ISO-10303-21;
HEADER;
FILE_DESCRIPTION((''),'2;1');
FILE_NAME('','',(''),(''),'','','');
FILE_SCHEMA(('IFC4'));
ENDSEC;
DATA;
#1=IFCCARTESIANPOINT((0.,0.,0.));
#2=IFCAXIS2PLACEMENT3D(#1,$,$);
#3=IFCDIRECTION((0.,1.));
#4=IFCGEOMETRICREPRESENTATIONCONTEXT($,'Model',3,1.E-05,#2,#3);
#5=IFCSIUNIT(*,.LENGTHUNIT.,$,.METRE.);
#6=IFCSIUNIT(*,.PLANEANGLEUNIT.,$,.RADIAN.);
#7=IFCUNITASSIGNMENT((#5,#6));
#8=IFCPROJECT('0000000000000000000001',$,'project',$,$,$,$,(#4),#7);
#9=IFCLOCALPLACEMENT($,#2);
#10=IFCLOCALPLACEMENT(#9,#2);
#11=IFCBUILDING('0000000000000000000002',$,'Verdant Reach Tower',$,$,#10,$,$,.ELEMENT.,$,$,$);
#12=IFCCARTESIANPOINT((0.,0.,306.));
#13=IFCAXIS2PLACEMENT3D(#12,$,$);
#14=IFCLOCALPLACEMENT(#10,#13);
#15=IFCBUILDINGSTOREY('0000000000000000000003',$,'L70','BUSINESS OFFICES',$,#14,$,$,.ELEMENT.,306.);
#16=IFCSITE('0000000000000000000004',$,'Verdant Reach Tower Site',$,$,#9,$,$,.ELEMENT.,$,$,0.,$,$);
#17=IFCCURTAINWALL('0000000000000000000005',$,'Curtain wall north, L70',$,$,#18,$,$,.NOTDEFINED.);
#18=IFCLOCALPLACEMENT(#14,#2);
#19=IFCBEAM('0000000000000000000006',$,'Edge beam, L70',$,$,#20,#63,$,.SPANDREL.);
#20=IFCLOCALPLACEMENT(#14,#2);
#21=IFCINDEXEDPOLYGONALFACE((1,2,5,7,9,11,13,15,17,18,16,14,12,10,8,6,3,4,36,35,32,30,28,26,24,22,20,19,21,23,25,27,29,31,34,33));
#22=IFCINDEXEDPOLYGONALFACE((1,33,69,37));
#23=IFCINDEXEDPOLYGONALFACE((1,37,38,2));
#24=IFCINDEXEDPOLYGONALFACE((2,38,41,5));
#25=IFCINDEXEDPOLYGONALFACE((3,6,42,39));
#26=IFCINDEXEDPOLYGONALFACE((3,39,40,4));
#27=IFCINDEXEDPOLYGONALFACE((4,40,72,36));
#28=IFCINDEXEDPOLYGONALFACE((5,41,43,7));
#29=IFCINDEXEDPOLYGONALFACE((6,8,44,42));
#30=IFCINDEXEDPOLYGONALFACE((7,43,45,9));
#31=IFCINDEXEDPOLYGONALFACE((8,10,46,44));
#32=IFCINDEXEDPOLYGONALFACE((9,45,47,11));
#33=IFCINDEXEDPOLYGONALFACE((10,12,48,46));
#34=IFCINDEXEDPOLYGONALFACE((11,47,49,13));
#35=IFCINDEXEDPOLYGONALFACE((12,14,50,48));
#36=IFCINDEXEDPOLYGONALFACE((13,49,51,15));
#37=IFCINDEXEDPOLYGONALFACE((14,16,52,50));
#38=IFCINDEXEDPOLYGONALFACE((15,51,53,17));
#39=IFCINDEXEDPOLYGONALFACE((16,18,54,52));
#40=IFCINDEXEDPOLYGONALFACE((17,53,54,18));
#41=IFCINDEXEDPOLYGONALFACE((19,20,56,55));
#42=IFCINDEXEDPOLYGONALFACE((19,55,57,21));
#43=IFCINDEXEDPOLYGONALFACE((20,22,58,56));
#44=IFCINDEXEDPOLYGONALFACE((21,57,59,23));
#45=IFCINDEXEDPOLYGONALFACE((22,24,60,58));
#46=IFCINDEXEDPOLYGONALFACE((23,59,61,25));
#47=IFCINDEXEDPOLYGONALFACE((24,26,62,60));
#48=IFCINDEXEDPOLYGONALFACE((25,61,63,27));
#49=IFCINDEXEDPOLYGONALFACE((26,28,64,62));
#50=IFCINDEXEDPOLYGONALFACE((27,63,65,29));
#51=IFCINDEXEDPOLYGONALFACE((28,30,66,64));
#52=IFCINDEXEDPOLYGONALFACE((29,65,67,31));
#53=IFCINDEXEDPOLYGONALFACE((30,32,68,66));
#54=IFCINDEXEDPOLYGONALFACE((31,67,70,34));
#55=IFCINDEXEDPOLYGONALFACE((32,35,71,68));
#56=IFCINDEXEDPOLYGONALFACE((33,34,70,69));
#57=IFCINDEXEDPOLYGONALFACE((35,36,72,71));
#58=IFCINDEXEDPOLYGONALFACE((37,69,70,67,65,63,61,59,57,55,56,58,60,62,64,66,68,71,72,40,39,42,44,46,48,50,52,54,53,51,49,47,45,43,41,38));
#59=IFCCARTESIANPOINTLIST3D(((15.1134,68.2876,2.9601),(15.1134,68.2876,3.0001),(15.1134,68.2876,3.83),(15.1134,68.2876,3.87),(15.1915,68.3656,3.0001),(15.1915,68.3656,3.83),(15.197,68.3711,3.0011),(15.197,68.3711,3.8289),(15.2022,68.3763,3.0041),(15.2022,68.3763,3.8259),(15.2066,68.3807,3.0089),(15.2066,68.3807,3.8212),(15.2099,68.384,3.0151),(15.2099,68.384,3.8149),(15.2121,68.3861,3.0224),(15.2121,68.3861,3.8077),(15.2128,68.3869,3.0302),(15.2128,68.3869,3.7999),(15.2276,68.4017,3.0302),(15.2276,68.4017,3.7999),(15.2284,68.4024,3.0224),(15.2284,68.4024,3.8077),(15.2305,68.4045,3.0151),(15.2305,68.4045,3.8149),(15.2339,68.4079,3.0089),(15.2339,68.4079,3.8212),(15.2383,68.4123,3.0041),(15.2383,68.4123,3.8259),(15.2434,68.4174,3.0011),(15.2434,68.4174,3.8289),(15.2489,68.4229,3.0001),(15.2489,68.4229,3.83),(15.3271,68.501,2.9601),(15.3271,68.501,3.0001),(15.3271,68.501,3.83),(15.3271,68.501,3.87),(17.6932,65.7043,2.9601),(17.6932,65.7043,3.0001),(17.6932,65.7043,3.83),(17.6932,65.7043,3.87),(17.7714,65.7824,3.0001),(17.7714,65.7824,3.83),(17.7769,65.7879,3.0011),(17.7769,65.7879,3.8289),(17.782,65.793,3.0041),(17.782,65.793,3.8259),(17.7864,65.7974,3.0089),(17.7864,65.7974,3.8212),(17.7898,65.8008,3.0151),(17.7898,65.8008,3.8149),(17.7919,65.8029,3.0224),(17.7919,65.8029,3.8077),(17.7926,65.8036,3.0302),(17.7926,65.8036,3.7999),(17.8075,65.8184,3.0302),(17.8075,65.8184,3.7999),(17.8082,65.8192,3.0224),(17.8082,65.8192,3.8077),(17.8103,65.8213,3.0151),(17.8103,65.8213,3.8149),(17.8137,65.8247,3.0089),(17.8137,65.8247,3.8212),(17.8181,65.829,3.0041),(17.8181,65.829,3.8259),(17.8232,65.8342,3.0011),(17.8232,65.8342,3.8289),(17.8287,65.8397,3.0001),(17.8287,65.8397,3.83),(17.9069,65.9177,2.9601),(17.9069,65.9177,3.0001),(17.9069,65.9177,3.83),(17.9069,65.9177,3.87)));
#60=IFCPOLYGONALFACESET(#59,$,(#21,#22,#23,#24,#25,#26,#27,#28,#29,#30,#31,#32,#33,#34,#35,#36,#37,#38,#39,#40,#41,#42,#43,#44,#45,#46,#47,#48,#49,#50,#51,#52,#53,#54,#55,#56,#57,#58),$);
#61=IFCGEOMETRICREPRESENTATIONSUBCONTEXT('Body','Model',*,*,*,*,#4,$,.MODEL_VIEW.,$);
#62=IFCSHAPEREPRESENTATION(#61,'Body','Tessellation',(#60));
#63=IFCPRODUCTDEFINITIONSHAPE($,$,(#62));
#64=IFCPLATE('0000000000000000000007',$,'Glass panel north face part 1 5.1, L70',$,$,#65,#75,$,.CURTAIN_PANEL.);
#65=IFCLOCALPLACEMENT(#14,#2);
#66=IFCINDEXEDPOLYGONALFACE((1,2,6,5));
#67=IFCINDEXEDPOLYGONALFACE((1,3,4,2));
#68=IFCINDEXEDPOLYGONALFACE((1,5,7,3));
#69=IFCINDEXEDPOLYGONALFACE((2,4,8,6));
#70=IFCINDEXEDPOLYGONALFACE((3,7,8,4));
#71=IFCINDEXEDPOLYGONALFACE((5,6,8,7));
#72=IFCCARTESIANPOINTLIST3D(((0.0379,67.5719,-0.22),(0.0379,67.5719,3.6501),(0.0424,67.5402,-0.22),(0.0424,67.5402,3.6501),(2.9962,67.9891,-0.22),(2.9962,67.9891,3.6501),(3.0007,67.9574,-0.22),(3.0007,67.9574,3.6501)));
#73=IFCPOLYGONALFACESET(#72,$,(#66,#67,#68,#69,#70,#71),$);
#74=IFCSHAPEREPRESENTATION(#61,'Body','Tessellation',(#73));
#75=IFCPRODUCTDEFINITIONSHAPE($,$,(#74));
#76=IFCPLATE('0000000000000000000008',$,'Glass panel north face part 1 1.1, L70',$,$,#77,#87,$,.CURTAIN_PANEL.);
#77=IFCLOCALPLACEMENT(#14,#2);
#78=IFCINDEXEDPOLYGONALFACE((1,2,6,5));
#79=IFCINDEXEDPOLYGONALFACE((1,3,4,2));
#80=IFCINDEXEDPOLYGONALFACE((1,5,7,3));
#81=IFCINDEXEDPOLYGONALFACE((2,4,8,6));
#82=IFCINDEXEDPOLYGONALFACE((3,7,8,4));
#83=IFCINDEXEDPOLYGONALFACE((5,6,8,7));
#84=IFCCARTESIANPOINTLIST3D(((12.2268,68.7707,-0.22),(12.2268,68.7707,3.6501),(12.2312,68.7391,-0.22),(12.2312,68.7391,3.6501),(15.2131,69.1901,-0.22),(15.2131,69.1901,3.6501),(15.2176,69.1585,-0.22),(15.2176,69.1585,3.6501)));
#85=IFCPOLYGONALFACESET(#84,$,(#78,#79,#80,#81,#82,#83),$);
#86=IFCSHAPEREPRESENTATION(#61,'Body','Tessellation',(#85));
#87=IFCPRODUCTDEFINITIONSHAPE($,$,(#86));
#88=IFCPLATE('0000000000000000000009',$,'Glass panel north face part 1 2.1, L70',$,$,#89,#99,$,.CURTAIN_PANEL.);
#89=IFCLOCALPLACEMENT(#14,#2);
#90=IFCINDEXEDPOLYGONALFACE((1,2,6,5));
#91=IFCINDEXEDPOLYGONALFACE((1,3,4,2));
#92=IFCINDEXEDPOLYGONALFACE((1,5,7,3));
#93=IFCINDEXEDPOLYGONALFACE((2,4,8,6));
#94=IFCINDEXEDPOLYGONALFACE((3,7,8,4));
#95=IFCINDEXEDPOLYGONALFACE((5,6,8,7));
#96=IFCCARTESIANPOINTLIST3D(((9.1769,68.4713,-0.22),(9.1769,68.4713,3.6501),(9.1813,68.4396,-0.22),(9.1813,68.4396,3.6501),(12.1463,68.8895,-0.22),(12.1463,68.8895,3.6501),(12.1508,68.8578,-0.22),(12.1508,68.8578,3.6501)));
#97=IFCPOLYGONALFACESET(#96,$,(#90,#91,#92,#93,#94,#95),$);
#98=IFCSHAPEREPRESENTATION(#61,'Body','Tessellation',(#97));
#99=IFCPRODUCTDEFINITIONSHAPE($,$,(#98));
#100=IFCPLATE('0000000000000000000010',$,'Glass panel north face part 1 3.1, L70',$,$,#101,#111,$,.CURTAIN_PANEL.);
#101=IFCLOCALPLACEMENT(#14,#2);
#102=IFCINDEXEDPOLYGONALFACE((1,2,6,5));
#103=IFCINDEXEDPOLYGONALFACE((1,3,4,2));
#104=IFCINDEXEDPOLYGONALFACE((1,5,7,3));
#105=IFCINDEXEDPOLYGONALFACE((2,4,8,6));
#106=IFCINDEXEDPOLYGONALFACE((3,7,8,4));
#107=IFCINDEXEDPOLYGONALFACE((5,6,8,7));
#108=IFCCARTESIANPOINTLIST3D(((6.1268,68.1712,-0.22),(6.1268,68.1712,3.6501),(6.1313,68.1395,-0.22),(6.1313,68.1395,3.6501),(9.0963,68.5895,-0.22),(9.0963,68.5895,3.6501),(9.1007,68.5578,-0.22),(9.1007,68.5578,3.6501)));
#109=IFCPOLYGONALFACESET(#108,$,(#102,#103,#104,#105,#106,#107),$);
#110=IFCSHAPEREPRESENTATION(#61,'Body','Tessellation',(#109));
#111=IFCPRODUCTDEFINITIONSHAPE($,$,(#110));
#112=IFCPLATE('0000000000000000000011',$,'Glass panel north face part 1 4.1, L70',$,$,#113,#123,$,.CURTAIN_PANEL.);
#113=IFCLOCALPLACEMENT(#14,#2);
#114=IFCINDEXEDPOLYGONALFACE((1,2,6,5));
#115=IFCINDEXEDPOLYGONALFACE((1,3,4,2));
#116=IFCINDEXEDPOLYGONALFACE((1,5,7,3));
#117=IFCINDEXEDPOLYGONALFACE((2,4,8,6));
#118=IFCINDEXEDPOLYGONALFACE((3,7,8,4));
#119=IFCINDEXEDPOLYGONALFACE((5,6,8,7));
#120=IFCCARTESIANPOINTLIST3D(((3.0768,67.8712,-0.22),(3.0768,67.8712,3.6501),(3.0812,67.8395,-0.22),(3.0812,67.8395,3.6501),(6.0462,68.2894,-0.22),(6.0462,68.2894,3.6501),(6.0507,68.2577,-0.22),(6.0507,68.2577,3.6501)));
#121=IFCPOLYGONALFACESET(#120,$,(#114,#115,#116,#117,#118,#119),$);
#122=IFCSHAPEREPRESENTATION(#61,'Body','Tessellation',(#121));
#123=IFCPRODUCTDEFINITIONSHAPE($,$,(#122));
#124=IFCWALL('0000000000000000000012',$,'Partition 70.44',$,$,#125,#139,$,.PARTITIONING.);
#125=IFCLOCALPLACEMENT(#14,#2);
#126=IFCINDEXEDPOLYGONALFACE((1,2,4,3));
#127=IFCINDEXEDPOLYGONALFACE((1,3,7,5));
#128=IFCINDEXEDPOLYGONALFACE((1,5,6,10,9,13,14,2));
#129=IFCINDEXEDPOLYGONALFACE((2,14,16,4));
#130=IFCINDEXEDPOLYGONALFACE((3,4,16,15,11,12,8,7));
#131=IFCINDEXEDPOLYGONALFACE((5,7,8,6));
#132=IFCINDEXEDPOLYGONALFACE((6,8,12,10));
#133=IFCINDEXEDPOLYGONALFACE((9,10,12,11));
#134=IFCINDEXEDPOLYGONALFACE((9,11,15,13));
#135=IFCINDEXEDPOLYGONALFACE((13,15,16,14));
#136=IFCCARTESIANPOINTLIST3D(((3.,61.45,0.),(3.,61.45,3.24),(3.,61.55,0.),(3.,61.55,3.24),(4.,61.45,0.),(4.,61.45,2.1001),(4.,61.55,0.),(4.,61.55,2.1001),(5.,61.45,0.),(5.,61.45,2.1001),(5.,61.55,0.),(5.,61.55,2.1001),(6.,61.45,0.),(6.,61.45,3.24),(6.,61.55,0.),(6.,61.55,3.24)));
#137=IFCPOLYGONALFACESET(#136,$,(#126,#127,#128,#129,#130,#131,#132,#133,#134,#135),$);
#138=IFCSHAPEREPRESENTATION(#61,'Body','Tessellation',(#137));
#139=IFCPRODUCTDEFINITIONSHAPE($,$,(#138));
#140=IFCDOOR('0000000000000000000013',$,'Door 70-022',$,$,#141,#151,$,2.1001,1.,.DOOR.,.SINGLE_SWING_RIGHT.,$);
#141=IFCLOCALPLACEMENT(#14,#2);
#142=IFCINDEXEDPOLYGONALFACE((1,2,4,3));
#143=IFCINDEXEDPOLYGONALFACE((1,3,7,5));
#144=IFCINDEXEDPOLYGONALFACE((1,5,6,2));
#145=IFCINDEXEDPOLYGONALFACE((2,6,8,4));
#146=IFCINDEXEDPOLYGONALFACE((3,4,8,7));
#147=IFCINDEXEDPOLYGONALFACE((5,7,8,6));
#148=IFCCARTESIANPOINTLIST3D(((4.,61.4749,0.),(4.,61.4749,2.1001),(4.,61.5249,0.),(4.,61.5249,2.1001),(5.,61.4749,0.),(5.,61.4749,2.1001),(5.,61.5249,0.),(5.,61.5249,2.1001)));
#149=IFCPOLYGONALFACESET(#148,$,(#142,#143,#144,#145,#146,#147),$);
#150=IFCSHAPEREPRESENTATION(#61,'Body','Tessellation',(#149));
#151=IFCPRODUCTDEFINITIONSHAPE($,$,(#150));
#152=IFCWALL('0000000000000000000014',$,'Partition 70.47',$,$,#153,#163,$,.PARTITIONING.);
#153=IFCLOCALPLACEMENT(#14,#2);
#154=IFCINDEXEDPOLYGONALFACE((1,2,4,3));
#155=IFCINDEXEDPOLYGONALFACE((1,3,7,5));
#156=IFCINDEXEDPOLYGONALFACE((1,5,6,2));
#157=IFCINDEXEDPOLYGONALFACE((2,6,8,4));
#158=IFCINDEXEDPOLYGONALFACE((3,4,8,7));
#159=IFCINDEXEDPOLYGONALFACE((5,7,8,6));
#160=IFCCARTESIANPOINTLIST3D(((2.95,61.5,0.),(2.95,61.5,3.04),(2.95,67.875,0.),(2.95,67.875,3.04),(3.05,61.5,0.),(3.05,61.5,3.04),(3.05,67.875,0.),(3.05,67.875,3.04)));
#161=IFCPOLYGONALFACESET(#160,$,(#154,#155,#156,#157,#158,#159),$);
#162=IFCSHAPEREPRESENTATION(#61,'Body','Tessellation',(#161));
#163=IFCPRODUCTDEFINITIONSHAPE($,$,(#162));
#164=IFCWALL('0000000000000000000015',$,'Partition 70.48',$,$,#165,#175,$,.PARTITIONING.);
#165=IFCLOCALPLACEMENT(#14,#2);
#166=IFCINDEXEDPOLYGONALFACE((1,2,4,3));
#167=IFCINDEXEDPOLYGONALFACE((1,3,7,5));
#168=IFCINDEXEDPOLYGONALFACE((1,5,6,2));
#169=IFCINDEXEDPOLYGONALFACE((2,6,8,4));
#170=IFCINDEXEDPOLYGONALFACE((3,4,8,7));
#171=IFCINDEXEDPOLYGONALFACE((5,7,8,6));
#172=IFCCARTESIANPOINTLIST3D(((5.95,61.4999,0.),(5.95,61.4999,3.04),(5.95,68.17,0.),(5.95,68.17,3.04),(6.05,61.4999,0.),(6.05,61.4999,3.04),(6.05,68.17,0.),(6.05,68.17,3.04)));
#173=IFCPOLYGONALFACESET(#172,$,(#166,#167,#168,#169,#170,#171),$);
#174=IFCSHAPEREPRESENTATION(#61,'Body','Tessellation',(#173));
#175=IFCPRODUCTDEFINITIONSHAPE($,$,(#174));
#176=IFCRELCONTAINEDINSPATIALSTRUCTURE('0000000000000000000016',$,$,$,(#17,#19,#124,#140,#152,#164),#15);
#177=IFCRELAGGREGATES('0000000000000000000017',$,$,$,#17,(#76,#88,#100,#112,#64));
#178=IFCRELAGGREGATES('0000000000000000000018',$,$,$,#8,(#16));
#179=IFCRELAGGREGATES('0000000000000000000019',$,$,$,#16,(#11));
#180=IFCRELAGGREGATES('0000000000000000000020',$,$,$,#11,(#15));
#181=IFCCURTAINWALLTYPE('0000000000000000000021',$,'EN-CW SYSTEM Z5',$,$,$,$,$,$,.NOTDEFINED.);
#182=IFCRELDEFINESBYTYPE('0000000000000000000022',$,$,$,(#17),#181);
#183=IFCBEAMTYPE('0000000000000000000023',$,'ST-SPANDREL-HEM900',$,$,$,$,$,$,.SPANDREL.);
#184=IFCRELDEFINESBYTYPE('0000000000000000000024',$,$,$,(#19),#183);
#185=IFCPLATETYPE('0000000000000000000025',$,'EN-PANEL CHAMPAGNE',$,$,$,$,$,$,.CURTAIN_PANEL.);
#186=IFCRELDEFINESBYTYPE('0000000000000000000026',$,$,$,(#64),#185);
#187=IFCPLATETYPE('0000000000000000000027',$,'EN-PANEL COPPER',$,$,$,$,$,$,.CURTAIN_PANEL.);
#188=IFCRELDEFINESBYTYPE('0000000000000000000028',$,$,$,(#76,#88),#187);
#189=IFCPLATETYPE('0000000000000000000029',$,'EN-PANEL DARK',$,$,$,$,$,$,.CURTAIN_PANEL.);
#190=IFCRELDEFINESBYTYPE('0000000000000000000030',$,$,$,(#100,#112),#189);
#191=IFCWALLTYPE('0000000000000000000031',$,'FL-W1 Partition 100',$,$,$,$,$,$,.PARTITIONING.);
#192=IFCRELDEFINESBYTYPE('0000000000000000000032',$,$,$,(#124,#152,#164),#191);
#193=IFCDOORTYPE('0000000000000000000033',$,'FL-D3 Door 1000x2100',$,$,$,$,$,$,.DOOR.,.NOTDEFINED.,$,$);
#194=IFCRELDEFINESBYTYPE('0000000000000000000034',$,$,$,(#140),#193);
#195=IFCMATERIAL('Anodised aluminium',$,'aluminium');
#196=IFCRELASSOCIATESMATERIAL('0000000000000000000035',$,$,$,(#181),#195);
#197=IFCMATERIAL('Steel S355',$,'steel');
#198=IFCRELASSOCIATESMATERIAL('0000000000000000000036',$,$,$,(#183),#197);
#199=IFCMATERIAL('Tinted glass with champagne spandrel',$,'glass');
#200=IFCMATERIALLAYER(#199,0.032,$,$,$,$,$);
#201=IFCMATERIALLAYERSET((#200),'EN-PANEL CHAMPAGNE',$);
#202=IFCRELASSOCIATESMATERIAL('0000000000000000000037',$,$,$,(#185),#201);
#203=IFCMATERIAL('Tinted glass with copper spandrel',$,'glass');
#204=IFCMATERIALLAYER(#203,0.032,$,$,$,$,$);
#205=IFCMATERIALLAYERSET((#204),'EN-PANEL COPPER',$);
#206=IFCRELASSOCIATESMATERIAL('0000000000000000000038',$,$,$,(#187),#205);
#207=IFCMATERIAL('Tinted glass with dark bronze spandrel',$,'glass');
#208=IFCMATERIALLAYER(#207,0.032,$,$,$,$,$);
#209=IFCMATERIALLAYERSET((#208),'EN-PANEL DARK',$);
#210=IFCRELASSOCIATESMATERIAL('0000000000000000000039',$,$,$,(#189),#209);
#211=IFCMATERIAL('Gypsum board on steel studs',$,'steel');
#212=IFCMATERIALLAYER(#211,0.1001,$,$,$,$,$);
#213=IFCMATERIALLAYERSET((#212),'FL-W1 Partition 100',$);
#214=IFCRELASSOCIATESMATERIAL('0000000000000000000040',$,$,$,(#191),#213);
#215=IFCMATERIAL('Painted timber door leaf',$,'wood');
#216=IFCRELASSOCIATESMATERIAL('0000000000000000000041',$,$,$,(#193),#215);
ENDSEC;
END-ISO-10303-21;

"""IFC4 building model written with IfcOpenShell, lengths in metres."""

from ifc_helpers import new_model, si_unit, direction, frame, frame_2d, origin, origin_2d, place, context, subcontext, project, spatial, rectangle, i_section, extrude, material, layer, layer_set, material_profile, profile_set, type_object, element, fill, aggregate, save


model = new_model("IFC4")

# Units and contexts
model_context = context("Model", 3, precision=1e-05, world=origin(), true_north=direction((0.0, 1.0)))
body_context = subcontext(model_context, "Body", "Model", "MODEL_VIEW")
ifc_project = project(units=[si_unit("LENGTHUNIT", "METRE"), si_unit("PLANEANGLEUNIT", "RADIAN")], contexts=[model_context])

# Site, building, storey
site_placement = place(None, origin())
site = spatial("IfcSite", under=ifc_project, at=site_placement, Name="Verdant Reach Tower Site", CompositionType="ELEMENT", RefElevation=0.0)
building_placement = place(site_placement, origin())
building = spatial("IfcBuilding", under=site, at=building_placement, Name="Verdant Reach Tower", CompositionType="ELEMENT")
storey_placement = place(building_placement, frame((0.0, 0.0, 306.0)))
storey = spatial("IfcBuildingStorey", under=building, at=storey_placement, Name="L70", Description="BUSINESS OFFICES", CompositionType="ELEMENT", Elevation=306.0)

# Curtain wall
ifc_material_1 = material(Name="Anodised aluminium", Category="aluminium")
curtain_wall_type = type_object("IfcCurtainWallType", Name="EN-CW SYSTEM Z5", PredefinedType="NOTDEFINED", material=ifc_material_1)
curtain_wall_placement = place(storey_placement, origin())
curtain_wall = element("IfcCurtainWall", 1, at=curtain_wall_placement, inside=storey, type_object=curtain_wall_type, Name="Curtain wall north, L70", PredefinedType="NOTDEFINED")

# Beam
ifc_material_2 = material(Name="Steel S355", Category="steel")
ifc_material_profile_1 = material_profile(ifc_material_2, i_section(OverallWidth=0.302, OverallDepth=0.9099, WebThickness=0.021, FlangeThickness=0.04, FilletRadius=0.03, at=origin_2d()), Name="HEM 900")
ifc_profile_set_1 = profile_set([ifc_material_profile_1], Name="Steel S355")
beam_type_1 = type_object("IfcBeamType", Name="ST-SPANDREL-HEM900", PredefinedType="SPANDREL", material=ifc_profile_set_1)
beam_1_placement = place(storey_placement, frame((15.2202, 68.3943, 3.415), z_axis=(0.706639, -0.707575, 0.0), x_axis=(0.707575, 0.706639, 0.0)))
element("IfcBeam", 2, at=beam_1_placement, inside=storey, type_object=beam_type_1, Name="Edge beam, L70", PredefinedType="SPANDREL", context=body_context, shape_type="SweptSolid", body=[
    extrude(i_section(OverallWidth=0.302, OverallDepth=0.9099, WebThickness=0.021, FlangeThickness=0.04, FilletRadius=0.03, at=origin_2d()), origin(), (0.0, 0.0, 1.0), 3.6509),
])

# Plates
ifc_material_3 = material(Name="Tinted glass with champagne spandrel", Category="glass")
ifc_layer_1 = layer(ifc_material_3, 0.032)
ifc_layer_set_1 = layer_set([ifc_layer_1], Name="EN-PANEL CHAMPAGNE")
plate_type_1 = type_object("IfcPlateType", Name="EN-PANEL CHAMPAGNE", PredefinedType="CURTAIN_PANEL", material=ifc_layer_set_1)
plate_1_placement = place(storey_placement, frame((1.5193, 67.7646, -0.22), z_axis=(0.0, 0.0, 1.0), x_axis=(-0.9902, -0.139656, 0.0)))
plate_1 = element("IfcPlate", 3, at=plate_1_placement, type_object=plate_type_1, Name="Glass panel north face part 1 5.1, L70", PredefinedType="CURTAIN_PANEL", context=body_context, shape_type="SweptSolid", body=[
    extrude(rectangle(XDim=2.9875, YDim=0.032, at=origin_2d()), origin(), (0.0, 0.0, 1.0), 3.8701),
])
ifc_material_4 = material(Name="Tinted glass with copper spandrel", Category="glass")
ifc_layer_2 = layer(ifc_material_4, 0.032)
ifc_layer_set_2 = layer_set([ifc_layer_2], Name="EN-PANEL COPPER")
plate_type_2 = type_object("IfcPlateType", Name="EN-PANEL COPPER", PredefinedType="CURTAIN_PANEL", material=ifc_layer_set_2)
plate_2_placement = place(storey_placement, frame((13.7222, 68.9646, -0.22), z_axis=(0.0, 0.0, 1.0), x_axis=(-0.990282, -0.139077, 0.0)))
plate_2 = element("IfcPlate", 4, at=plate_2_placement, type_object=plate_type_2, Name="Glass panel north face part 1 1.1, L70", PredefinedType="CURTAIN_PANEL", context=body_context, shape_type="SweptSolid", body=[
    extrude(rectangle(XDim=3.0156, YDim=0.032, at=origin_2d()), origin(), (0.0, 0.0, 1.0), 3.8701),
])
plate_3_placement = place(storey_placement, frame((10.6638, 68.6646, -0.22), z_axis=(0.0, 0.0, 1.0), x_axis=(-0.990225, -0.139477, 0.0)))
plate_3 = element("IfcPlate", 5, at=plate_3_placement, type_object=plate_type_2, Name="Glass panel north face part 1 2.1, L70", PredefinedType="CURTAIN_PANEL", context=body_context, shape_type="SweptSolid", body=[
    extrude(rectangle(XDim=2.9988, YDim=0.032, at=origin_2d()), origin(), (0.0, 0.0, 1.0), 3.8701),
])
ifc_material_5 = material(Name="Tinted glass with dark bronze spandrel", Category="glass")
ifc_layer_3 = layer(ifc_material_5, 0.032)
ifc_layer_set_3 = layer_set([ifc_layer_3], Name="EN-PANEL DARK")
plate_type_3 = type_object("IfcPlateType", Name="EN-PANEL DARK", PredefinedType="CURTAIN_PANEL", material=ifc_layer_set_3)
plate_4_placement = place(storey_placement, frame((7.6138, 68.3645, -0.22), z_axis=(0.0, 0.0, 1.0), x_axis=(-0.990225, -0.139477, 0.0)))
plate_4 = element("IfcPlate", 6, at=plate_4_placement, type_object=plate_type_3, Name="Glass panel north face part 1 3.1, L70", PredefinedType="CURTAIN_PANEL", context=body_context, shape_type="SweptSolid", body=[
    extrude(rectangle(XDim=2.9988, YDim=0.032, at=origin_2d()), origin(), (0.0, 0.0, 1.0), 3.8701),
])
plate_5_placement = place(storey_placement, frame((4.5637, 68.0645, -0.22), z_axis=(0.0, 0.0, 1.0), x_axis=(-0.990225, -0.139477, 0.0)))
plate_5 = element("IfcPlate", 7, at=plate_5_placement, type_object=plate_type_3, Name="Glass panel north face part 1 4.1, L70", PredefinedType="CURTAIN_PANEL", context=body_context, shape_type="SweptSolid", body=[
    extrude(rectangle(XDim=2.9988, YDim=0.032, at=origin_2d()), origin(), (0.0, 0.0, 1.0), 3.8701),
])
aggregate(curtain_wall, [plate_2, plate_3, plate_4, plate_5, plate_1])

# Wall, opening, door
ifc_material_6 = material(Name="Gypsum board on steel studs", Category="steel")
ifc_layer_4 = layer(ifc_material_6, 0.1001)
ifc_layer_set_4 = layer_set([ifc_layer_4], Name="FL-W1 Partition 100")
wall_type = type_object("IfcWallType", Name="FL-W1 Partition 100", PredefinedType="PARTITIONING", material=ifc_layer_set_4)
wall_1_placement = place(storey_placement, frame((3.0, 61.5, 0.0), z_axis=(0.0, 0.0, 1.0), x_axis=(1.0, 0.0, 0.0)))
wall_1 = element("IfcWall", 8, at=wall_1_placement, inside=storey, type_object=wall_type, Name="Partition 70.44", PredefinedType="PARTITIONING", context=body_context, shape_type="SweptSolid", body=[
    extrude(rectangle(XDim=3.0, YDim=0.1001, at=frame_2d((1.5, 0.0))), origin(), (0.0, 0.0, 1.0), 3.24),
])
opening_1_placement = place(wall_1_placement, frame((1.0, 0.0, 0.0)))
opening_1 = element("IfcOpeningElement", 9, at=opening_1_placement, cuts=wall_1, PredefinedType="OPENING", context=body_context, shape_type="SweptSolid", body=[
    extrude(rectangle(XDim=1.0, YDim=2.1001, at=frame_2d((0.5, 1.05))), frame((0.0, 0.0601, 0.0), z_axis=(0.0, -1.0, 0.0), x_axis=(1.0, 0.0, 0.0)), (0.0, 0.0, 1.0), 0.1201),
])
ifc_material_7 = material(Name="Painted timber door leaf", Category="wood")
door_type = type_object("IfcDoorType", Name="FL-D3 Door 1000x2100", OperationType="NOTDEFINED", PredefinedType="DOOR", material=ifc_material_7)
door_1_placement = place(opening_1_placement, origin())
door_1 = element("IfcDoor", 10, at=door_1_placement, inside=storey, type_object=door_type, Name="Door 70-022", OperationType="SINGLE_SWING_RIGHT", OverallHeight=2.1001, OverallWidth=1.0, PredefinedType="DOOR", context=body_context, shape_type="SweptSolid", body=[
    extrude(rectangle(XDim=1.0, YDim=2.1001, at=frame_2d((0.5, 1.05))), frame((0.0, 0.0249, 0.0), z_axis=(0.0, -1.0, 0.0), x_axis=(1.0, 0.0, 0.0)), (0.0, 0.0, 1.0), 0.05),
])
fill(opening_1, door_1)

# Walls
wall_2_placement = place(storey_placement, frame((3.0, 61.5, 0.0), z_axis=(0.0, 0.0, 1.0), x_axis=(0.0, 1.0, 0.0)))
element("IfcWall", 11, at=wall_2_placement, inside=storey, type_object=wall_type, Name="Partition 70.47", PredefinedType="PARTITIONING", context=body_context, shape_type="SweptSolid", body=[
    extrude(rectangle(XDim=6.375, YDim=0.1001, at=frame_2d((3.1875, 0.0))), origin(), (0.0, 0.0, 1.0), 3.04),
])
wall_3_placement = place(storey_placement, frame((6.0, 61.5, 0.0), z_axis=(0.0, 0.0, 1.0), x_axis=(0.0, 1.0, 0.0)))
element("IfcWall", 12, at=wall_3_placement, inside=storey, type_object=wall_type, Name="Partition 70.48", PredefinedType="PARTITIONING", context=body_context, shape_type="SweptSolid", body=[
    extrude(rectangle(XDim=6.6702, YDim=0.1001, at=frame_2d((3.335, 0.0))), origin(), (0.0, 0.0, 1.0), 3.04),
])

save(model, "model.ifc")
